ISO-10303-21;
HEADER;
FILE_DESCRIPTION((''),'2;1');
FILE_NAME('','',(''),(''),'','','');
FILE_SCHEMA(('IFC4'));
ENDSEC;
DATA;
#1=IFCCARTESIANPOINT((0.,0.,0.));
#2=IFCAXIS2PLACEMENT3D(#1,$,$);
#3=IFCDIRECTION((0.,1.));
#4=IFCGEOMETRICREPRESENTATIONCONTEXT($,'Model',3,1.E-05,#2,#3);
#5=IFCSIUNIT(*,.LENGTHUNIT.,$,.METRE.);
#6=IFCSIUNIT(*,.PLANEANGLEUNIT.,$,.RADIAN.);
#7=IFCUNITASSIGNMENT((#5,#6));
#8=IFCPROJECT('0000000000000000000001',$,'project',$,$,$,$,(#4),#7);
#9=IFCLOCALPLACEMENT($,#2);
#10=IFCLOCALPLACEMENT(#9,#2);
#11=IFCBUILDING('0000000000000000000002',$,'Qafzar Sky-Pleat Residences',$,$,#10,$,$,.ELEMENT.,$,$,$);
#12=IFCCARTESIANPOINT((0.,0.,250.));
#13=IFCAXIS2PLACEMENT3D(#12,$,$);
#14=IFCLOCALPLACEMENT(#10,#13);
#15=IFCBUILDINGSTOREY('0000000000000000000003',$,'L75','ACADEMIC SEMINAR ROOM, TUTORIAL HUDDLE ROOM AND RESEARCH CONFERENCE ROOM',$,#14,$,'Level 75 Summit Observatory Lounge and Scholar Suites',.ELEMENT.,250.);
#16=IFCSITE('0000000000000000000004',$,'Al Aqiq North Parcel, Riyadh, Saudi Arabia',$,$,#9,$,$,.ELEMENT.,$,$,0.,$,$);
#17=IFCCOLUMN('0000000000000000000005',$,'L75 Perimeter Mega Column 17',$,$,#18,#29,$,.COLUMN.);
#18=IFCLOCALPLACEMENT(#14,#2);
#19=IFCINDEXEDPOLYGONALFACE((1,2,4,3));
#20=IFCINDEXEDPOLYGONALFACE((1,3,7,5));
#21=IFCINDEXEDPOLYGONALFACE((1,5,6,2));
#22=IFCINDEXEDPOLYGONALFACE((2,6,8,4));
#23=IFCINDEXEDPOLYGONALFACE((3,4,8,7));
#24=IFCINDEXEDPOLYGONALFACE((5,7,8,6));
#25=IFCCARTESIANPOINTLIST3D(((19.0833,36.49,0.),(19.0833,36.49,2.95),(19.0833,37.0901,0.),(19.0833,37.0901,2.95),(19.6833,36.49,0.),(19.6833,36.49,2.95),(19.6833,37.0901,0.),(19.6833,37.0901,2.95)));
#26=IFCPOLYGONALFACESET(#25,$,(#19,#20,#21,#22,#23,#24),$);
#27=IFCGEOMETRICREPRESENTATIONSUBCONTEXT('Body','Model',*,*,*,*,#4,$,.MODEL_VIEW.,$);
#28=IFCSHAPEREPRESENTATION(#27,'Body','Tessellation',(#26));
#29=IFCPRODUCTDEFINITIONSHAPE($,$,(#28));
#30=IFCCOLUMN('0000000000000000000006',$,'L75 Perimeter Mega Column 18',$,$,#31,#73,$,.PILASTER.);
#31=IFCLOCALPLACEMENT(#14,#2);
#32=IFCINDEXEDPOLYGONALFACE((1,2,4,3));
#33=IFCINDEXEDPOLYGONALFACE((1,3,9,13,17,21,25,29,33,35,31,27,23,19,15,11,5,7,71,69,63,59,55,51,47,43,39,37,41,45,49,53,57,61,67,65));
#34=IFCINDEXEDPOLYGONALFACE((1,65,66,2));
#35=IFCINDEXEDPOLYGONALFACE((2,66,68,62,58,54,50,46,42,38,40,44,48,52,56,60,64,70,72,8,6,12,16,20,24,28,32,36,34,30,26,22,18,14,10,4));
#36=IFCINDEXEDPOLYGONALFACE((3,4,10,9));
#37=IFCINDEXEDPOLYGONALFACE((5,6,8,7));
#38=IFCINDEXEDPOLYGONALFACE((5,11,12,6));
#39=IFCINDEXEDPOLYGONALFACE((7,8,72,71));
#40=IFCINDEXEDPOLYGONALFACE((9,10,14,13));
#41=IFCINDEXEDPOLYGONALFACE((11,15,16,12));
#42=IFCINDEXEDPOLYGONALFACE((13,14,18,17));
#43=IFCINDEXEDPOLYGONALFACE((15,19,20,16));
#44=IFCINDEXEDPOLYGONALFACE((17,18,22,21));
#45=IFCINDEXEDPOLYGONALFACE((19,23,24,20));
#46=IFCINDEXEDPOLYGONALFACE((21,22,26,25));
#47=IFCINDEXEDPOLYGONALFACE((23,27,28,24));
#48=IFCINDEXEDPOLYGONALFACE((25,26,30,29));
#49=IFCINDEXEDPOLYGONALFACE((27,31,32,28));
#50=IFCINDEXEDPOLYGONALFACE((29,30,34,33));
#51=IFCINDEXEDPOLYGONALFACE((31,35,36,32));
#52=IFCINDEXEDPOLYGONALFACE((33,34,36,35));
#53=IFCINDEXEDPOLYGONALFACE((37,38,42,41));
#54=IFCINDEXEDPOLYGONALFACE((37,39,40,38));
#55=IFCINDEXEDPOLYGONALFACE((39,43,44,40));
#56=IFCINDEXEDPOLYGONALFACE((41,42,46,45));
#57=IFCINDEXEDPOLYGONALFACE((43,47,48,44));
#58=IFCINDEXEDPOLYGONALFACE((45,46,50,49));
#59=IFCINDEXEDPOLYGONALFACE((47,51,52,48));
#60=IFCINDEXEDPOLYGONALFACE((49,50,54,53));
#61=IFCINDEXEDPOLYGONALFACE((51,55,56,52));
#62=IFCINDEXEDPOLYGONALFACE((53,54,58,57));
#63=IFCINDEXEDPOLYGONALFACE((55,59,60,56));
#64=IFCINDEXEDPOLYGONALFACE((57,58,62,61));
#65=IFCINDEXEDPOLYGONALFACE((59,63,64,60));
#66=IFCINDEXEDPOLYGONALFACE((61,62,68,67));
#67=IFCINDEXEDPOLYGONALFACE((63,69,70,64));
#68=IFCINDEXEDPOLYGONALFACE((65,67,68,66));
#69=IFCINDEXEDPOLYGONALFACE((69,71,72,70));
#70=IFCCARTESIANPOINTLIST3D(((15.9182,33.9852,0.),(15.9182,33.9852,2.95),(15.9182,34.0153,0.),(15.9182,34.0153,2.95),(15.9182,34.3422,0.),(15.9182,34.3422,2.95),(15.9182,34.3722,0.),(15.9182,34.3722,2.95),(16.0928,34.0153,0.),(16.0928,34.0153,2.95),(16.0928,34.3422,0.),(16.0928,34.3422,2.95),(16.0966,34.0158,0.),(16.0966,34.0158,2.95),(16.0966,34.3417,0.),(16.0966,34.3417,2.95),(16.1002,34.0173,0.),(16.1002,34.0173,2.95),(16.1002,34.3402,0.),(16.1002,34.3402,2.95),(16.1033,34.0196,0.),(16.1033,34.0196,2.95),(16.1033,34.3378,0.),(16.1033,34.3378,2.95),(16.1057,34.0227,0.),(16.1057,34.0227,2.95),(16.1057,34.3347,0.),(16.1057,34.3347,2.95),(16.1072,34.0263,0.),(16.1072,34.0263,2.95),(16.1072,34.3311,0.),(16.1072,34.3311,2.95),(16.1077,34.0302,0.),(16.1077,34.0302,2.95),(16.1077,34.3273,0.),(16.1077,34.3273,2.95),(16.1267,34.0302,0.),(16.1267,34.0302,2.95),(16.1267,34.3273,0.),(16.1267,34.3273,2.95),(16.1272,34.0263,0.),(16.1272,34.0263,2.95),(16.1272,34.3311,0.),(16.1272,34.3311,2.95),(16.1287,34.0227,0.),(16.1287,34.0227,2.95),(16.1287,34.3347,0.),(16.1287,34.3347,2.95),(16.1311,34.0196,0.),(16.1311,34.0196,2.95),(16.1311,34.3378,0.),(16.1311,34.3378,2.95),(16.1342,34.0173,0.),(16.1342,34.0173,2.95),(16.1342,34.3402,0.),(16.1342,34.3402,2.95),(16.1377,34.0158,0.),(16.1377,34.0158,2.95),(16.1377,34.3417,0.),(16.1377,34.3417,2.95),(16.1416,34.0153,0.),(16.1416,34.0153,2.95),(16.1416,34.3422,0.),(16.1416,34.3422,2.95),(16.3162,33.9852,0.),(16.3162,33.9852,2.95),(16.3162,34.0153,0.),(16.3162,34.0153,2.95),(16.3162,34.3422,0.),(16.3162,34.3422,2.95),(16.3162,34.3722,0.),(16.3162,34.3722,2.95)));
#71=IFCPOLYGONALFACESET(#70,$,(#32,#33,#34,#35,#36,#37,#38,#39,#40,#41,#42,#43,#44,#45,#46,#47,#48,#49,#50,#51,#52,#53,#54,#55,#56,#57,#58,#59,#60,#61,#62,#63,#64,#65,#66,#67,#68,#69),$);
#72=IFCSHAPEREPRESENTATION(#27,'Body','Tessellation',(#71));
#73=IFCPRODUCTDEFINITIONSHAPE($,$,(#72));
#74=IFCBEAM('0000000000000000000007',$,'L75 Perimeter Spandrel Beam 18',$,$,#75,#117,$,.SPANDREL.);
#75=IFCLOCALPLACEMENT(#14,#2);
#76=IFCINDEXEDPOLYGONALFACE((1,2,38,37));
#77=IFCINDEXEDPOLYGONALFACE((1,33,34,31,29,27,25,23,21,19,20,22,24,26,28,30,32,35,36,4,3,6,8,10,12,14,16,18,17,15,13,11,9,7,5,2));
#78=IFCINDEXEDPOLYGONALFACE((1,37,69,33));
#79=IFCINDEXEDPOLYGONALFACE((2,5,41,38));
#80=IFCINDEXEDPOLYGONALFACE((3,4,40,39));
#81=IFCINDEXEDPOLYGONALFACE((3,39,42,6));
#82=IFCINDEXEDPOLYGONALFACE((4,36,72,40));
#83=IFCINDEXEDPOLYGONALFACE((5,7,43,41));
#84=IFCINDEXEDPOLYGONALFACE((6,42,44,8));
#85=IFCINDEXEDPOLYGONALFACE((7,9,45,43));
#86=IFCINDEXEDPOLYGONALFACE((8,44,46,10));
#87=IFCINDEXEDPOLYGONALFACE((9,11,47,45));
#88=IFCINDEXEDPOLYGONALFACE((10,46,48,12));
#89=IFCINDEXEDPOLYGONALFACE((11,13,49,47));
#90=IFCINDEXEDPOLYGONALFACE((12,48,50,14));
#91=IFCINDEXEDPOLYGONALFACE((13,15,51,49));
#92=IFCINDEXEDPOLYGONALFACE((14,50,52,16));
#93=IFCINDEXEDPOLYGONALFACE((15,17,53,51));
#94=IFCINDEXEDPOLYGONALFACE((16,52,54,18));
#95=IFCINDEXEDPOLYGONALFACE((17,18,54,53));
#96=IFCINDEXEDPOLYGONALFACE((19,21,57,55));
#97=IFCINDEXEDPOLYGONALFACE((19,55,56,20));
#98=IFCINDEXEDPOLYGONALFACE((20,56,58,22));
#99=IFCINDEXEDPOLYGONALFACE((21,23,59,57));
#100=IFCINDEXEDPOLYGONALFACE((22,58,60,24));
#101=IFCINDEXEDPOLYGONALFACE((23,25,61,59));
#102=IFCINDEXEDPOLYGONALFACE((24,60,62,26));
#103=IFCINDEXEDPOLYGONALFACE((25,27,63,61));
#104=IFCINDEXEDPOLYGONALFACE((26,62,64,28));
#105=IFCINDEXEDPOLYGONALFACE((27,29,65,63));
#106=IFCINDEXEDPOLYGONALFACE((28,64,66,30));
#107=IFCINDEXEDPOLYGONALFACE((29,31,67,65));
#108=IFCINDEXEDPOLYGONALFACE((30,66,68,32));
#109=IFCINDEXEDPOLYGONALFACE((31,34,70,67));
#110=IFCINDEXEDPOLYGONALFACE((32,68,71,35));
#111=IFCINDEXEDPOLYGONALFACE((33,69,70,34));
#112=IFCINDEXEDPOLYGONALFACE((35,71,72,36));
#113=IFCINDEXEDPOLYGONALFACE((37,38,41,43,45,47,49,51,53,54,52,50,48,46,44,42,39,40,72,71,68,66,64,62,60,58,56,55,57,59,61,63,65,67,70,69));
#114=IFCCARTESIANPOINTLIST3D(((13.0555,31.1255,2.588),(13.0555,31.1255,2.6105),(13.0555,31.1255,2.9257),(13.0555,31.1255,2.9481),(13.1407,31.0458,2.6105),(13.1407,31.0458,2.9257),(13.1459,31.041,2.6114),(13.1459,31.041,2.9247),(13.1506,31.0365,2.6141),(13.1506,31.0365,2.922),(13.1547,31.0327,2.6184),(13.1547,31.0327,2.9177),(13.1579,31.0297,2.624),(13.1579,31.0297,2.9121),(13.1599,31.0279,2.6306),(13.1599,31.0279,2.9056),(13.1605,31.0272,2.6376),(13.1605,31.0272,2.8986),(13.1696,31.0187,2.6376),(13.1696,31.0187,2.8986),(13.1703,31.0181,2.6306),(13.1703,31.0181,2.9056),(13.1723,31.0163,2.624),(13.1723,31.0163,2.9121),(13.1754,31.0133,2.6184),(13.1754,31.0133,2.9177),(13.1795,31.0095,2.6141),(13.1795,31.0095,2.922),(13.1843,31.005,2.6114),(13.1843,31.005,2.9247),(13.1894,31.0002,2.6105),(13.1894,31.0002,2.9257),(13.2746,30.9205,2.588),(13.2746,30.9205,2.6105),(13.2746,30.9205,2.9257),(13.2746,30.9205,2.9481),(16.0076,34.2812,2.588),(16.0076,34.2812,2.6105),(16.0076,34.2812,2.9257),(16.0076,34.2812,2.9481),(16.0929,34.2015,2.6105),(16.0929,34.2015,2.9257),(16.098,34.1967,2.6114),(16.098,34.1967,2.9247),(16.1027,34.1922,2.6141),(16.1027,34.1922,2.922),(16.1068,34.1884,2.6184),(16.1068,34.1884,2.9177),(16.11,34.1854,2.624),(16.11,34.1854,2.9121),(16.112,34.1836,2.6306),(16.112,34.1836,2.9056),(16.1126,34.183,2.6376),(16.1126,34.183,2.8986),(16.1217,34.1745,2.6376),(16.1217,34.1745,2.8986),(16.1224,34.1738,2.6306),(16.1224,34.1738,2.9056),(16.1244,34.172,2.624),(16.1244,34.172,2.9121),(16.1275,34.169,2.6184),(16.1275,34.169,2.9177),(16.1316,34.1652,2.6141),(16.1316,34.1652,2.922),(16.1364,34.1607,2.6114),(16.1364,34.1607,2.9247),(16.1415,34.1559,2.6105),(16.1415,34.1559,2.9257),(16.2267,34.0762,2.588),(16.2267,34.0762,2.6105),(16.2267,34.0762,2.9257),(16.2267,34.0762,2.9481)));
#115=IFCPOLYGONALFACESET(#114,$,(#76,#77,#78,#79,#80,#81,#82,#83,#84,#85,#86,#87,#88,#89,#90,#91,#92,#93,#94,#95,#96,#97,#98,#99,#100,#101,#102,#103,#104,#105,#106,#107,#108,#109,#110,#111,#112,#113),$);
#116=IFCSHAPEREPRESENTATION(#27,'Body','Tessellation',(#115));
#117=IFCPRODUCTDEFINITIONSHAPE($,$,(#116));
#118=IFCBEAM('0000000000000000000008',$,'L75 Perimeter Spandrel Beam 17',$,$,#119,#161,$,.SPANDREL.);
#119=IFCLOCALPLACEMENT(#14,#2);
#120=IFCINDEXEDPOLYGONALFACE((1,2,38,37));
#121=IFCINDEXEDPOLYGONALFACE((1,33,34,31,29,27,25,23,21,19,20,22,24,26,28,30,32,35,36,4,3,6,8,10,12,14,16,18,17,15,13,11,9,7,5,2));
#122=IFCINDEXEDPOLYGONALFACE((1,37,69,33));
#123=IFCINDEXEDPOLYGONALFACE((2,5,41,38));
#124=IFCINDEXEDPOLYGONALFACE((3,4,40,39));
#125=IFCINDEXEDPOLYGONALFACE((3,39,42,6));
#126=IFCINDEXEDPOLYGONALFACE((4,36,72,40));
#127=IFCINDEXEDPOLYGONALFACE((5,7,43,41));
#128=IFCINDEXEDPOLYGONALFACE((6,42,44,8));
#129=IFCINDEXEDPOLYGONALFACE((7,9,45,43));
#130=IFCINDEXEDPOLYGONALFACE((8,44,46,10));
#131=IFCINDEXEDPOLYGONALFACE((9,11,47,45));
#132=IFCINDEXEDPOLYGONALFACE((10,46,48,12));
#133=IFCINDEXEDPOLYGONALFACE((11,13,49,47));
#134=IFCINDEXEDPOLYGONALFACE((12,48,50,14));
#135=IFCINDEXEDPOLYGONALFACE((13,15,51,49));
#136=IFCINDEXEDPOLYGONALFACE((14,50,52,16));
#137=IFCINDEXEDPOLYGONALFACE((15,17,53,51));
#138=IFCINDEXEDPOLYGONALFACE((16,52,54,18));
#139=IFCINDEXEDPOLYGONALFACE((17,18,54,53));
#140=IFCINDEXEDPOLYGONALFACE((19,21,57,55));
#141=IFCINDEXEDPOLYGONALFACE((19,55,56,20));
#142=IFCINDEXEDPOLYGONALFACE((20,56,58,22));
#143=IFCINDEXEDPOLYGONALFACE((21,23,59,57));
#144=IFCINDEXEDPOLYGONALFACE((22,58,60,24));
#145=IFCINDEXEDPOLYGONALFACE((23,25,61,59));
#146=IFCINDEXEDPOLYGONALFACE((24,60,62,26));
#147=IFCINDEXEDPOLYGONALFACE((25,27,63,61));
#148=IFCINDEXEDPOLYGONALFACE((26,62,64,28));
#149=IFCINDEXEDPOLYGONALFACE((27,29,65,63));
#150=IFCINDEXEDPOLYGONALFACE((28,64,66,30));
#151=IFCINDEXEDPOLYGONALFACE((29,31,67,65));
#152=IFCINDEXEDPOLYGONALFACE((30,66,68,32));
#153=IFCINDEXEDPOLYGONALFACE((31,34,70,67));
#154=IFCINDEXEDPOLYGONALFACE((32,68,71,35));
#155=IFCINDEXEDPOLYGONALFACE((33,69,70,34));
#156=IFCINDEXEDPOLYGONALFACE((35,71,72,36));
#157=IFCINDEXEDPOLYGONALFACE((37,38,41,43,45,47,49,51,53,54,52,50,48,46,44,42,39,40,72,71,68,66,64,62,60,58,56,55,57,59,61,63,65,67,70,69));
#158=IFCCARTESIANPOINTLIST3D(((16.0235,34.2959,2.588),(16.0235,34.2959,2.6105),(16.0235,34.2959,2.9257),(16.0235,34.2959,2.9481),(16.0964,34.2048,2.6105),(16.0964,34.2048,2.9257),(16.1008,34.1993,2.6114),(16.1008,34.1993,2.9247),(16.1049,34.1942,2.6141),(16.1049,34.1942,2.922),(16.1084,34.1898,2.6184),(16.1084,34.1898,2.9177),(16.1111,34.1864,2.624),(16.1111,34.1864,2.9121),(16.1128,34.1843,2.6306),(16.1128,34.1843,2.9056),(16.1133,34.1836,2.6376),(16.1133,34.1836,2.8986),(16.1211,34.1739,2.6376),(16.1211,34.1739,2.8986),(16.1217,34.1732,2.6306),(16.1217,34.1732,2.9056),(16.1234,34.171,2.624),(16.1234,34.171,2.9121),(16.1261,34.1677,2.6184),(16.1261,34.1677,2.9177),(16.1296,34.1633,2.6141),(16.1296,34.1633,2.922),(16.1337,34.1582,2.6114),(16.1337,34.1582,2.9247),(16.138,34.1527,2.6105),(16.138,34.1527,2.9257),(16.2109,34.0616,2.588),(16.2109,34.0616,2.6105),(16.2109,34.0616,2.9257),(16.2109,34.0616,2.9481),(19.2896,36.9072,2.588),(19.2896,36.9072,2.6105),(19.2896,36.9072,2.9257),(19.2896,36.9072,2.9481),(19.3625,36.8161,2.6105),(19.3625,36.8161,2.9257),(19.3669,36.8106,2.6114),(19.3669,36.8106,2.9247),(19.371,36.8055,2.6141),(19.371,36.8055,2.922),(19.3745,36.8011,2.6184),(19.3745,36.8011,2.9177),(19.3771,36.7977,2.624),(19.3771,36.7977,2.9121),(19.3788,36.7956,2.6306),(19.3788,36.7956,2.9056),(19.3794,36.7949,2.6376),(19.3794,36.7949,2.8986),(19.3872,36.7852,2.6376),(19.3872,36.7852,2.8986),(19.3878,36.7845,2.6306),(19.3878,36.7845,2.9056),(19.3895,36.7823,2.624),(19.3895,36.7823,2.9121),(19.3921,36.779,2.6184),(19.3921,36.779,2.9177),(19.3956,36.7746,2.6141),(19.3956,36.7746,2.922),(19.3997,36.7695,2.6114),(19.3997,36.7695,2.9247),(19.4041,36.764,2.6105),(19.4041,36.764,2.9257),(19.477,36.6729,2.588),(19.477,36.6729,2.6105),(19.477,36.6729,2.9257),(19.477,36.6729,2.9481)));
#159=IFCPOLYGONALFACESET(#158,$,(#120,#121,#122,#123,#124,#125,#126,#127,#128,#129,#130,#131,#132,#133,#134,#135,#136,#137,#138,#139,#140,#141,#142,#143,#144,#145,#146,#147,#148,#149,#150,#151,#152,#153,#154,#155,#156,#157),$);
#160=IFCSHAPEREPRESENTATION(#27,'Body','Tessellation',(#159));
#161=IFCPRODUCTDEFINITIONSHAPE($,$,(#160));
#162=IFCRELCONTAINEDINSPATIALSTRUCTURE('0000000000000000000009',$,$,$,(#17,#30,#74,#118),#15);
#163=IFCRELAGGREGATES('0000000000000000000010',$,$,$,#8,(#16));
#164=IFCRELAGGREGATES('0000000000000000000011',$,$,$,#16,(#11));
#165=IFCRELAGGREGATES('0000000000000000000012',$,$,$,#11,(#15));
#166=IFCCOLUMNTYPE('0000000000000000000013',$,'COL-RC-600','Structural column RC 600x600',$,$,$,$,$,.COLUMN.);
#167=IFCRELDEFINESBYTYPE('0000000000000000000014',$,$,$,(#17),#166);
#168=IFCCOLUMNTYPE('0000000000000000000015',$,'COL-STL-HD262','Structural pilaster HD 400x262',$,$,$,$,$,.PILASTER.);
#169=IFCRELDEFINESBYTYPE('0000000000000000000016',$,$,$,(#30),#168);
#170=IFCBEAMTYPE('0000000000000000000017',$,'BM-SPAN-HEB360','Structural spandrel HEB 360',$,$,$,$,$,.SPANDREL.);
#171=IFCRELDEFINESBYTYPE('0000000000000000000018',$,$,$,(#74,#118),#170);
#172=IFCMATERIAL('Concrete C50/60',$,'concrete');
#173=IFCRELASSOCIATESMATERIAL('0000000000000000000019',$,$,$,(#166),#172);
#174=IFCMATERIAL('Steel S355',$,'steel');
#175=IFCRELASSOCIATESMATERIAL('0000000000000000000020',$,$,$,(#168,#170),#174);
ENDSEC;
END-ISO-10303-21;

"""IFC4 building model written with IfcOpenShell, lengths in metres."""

from ifc_helpers import new_model, si_unit, direction, frame, origin, origin_2d, place, context, subcontext, project, spatial, rectangle, i_section, extrude, source, transform, mapped, material, material_profile, profile_set, type_object, element, save


model = new_model("IFC4")

# Units and contexts
model_context = context("Model", 3, precision=1e-05, world=origin(), true_north=direction((0.0, 1.0)))
body_context = subcontext(model_context, "Body", "Model", "MODEL_VIEW")
ifc_project = project(units=[si_unit("LENGTHUNIT", "METRE"), si_unit("PLANEANGLEUNIT", "RADIAN")], contexts=[model_context])

# Site, building, storey
site_placement = place(None, origin())
site = spatial("IfcSite", under=ifc_project, at=site_placement, Name="Al Aqiq North Parcel, Riyadh, Saudi Arabia", CompositionType="ELEMENT", RefElevation=0.0)
building_placement = place(site_placement, origin())
building = spatial("IfcBuilding", under=site, at=building_placement, Name="Qafzar Sky-Pleat Residences", CompositionType="ELEMENT")
storey_placement = place(building_placement, frame((0.0, 0.0, 250.0)))
storey = spatial("IfcBuildingStorey", under=building, at=storey_placement, Name="L75", Description="ACADEMIC SEMINAR ROOM, TUTORIAL HUDDLE ROOM AND RESEARCH CONFERENCE ROOM", LongName="Level 75 Summit Observatory Lounge and Scholar Suites", CompositionType="ELEMENT", Elevation=250.0)

# Columns
ifc_material_1 = material(Name="Concrete C50/60", Category="concrete")
ifc_material_profile_1 = material_profile(ifc_material_1, rectangle(XDim=0.6001, YDim=0.6001, at=origin_2d()), Name="RC 600x600")
ifc_profile_set_1 = profile_set([ifc_material_profile_1], Name="Concrete C50/60")
column_type_1 = type_object("IfcColumnType", Name="COL-RC-600", Description="Structural column RC 600x600", PredefinedType="COLUMN", material=ifc_profile_set_1)
shared_shape_1 = source(origin(), body_context, "Body", "SweptSolid", [
    extrude(rectangle(XDim=0.6001, YDim=0.6001, at=origin_2d()), origin(), (0.0, 0.0, 1.0), 2.95),
])
column_1_placement = place(storey_placement, frame((19.3833, 36.79, 0.0), z_axis=(0.0, 0.0, 1.0), x_axis=(1.0, 0.0, 0.0)))
element("IfcColumn", 1, at=column_1_placement, inside=storey, type_object=column_type_1, Name="L75 Perimeter Mega Column 17", PredefinedType="COLUMN", context=body_context, shape_type="MappedRepresentation", body=[
    mapped(shared_shape_1, transform((0.0, 0.0, 0.0), x_axis=(1.0, 0.0, 0.0), y_axis=(0.0, 1.0, 0.0), z_axis=(0.0, 0.0, 1.0), scale=1.0)),
])
ifc_material_2 = material(Name="Steel S355", Category="steel")
ifc_material_profile_2 = material_profile(ifc_material_2, i_section(OverallWidth=0.3979, OverallDepth=0.387, WebThickness=0.019, FlangeThickness=0.03, FilletRadius=0.0149, at=origin_2d()), Name="HD 400x262")
ifc_profile_set_2 = profile_set([ifc_material_profile_2], Name="Steel S355")
column_type_2 = type_object("IfcColumnType", Name="COL-STL-HD262", Description="Structural pilaster HD 400x262", PredefinedType="PILASTER", material=ifc_profile_set_2)
shared_shape_2 = source(origin(), body_context, "Body", "SweptSolid", [
    extrude(i_section(OverallWidth=0.3979, OverallDepth=0.387, WebThickness=0.019, FlangeThickness=0.03, FilletRadius=0.0149, at=origin_2d()), origin(), (0.0, 0.0, 1.0), 2.95),
])
column_2_placement = place(storey_placement, frame((16.1172, 34.1787, 0.0), z_axis=(0.0, 0.0, 1.0), x_axis=(1.0, 0.0, 0.0)))
element("IfcColumn", 2, at=column_2_placement, inside=storey, type_object=column_type_2, Name="L75 Perimeter Mega Column 18", PredefinedType="PILASTER", context=body_context, shape_type="MappedRepresentation", body=[
    mapped(shared_shape_2, transform((0.0, 0.0, 0.0), x_axis=(1.0, 0.0, 0.0), y_axis=(0.0, 1.0, 0.0), z_axis=(0.0, 0.0, 1.0), scale=1.0)),
])

# Beams
ifc_material_profile_3 = material_profile(ifc_material_2, i_section(OverallWidth=0.3, OverallDepth=0.3601, WebThickness=0.0125, FlangeThickness=0.0225, FilletRadius=0.0271, at=origin_2d()), Name="HEB 360")
ifc_profile_set_3 = profile_set([ifc_material_profile_3], Name="Steel S355")
beam_type_1 = type_object("IfcBeamType", Name="BM-SPAN-HEB360", Description="Structural spandrel HEB 360", PredefinedType="SPANDREL", material=ifc_profile_set_3)
shared_shape_3 = source(origin(), body_context, "Body", "SweptSolid", [
    extrude(i_section(OverallWidth=0.3, OverallDepth=0.3601, WebThickness=0.0125, FlangeThickness=0.0225, FilletRadius=0.0271, at=origin_2d()), origin(), (0.0, 0.0, 1.0), 4.3213),
])
beam_1_placement = place(storey_placement, frame((16.1172, 34.1787, 2.7681), z_axis=(-0.683155, -0.730273, 0.0), x_axis=(0.730273, -0.683155, 0.0)))
element("IfcBeam", 3, at=beam_1_placement, inside=storey, type_object=beam_type_1, Name="L75 Perimeter Spandrel Beam 18", PredefinedType="SPANDREL", context=body_context, shape_type="MappedRepresentation", body=[
    mapped(shared_shape_3, transform((0.0, 0.0, 0.0), x_axis=(1.0, 0.0, 0.0), y_axis=(0.0, 1.0, 0.0), z_axis=(0.0, 0.0, 1.0), scale=1.0)),
])
shared_shape_4 = source(origin(), body_context, "Body", "SweptSolid", [
    extrude(i_section(OverallWidth=0.3, OverallDepth=0.3601, WebThickness=0.0125, FlangeThickness=0.0225, FilletRadius=0.0271, at=origin_2d()), origin(), (0.0, 0.0, 1.0), 4.1816),
])
beam_2_placement = place(storey_placement, frame((19.3833, 36.79, 2.7681), z_axis=(-0.781051, -0.624467, 0.0), x_axis=(0.624467, -0.781051, 0.0)))
element("IfcBeam", 4, at=beam_2_placement, inside=storey, type_object=beam_type_1, Name="L75 Perimeter Spandrel Beam 17", PredefinedType="SPANDREL", context=body_context, shape_type="MappedRepresentation", body=[
    mapped(shared_shape_4, transform((0.0, 0.0, 0.0), x_axis=(1.0, 0.0, 0.0), y_axis=(0.0, 1.0, 0.0), z_axis=(0.0, 0.0, 1.0), scale=1.0)),
])

save(model, "model.ifc")
